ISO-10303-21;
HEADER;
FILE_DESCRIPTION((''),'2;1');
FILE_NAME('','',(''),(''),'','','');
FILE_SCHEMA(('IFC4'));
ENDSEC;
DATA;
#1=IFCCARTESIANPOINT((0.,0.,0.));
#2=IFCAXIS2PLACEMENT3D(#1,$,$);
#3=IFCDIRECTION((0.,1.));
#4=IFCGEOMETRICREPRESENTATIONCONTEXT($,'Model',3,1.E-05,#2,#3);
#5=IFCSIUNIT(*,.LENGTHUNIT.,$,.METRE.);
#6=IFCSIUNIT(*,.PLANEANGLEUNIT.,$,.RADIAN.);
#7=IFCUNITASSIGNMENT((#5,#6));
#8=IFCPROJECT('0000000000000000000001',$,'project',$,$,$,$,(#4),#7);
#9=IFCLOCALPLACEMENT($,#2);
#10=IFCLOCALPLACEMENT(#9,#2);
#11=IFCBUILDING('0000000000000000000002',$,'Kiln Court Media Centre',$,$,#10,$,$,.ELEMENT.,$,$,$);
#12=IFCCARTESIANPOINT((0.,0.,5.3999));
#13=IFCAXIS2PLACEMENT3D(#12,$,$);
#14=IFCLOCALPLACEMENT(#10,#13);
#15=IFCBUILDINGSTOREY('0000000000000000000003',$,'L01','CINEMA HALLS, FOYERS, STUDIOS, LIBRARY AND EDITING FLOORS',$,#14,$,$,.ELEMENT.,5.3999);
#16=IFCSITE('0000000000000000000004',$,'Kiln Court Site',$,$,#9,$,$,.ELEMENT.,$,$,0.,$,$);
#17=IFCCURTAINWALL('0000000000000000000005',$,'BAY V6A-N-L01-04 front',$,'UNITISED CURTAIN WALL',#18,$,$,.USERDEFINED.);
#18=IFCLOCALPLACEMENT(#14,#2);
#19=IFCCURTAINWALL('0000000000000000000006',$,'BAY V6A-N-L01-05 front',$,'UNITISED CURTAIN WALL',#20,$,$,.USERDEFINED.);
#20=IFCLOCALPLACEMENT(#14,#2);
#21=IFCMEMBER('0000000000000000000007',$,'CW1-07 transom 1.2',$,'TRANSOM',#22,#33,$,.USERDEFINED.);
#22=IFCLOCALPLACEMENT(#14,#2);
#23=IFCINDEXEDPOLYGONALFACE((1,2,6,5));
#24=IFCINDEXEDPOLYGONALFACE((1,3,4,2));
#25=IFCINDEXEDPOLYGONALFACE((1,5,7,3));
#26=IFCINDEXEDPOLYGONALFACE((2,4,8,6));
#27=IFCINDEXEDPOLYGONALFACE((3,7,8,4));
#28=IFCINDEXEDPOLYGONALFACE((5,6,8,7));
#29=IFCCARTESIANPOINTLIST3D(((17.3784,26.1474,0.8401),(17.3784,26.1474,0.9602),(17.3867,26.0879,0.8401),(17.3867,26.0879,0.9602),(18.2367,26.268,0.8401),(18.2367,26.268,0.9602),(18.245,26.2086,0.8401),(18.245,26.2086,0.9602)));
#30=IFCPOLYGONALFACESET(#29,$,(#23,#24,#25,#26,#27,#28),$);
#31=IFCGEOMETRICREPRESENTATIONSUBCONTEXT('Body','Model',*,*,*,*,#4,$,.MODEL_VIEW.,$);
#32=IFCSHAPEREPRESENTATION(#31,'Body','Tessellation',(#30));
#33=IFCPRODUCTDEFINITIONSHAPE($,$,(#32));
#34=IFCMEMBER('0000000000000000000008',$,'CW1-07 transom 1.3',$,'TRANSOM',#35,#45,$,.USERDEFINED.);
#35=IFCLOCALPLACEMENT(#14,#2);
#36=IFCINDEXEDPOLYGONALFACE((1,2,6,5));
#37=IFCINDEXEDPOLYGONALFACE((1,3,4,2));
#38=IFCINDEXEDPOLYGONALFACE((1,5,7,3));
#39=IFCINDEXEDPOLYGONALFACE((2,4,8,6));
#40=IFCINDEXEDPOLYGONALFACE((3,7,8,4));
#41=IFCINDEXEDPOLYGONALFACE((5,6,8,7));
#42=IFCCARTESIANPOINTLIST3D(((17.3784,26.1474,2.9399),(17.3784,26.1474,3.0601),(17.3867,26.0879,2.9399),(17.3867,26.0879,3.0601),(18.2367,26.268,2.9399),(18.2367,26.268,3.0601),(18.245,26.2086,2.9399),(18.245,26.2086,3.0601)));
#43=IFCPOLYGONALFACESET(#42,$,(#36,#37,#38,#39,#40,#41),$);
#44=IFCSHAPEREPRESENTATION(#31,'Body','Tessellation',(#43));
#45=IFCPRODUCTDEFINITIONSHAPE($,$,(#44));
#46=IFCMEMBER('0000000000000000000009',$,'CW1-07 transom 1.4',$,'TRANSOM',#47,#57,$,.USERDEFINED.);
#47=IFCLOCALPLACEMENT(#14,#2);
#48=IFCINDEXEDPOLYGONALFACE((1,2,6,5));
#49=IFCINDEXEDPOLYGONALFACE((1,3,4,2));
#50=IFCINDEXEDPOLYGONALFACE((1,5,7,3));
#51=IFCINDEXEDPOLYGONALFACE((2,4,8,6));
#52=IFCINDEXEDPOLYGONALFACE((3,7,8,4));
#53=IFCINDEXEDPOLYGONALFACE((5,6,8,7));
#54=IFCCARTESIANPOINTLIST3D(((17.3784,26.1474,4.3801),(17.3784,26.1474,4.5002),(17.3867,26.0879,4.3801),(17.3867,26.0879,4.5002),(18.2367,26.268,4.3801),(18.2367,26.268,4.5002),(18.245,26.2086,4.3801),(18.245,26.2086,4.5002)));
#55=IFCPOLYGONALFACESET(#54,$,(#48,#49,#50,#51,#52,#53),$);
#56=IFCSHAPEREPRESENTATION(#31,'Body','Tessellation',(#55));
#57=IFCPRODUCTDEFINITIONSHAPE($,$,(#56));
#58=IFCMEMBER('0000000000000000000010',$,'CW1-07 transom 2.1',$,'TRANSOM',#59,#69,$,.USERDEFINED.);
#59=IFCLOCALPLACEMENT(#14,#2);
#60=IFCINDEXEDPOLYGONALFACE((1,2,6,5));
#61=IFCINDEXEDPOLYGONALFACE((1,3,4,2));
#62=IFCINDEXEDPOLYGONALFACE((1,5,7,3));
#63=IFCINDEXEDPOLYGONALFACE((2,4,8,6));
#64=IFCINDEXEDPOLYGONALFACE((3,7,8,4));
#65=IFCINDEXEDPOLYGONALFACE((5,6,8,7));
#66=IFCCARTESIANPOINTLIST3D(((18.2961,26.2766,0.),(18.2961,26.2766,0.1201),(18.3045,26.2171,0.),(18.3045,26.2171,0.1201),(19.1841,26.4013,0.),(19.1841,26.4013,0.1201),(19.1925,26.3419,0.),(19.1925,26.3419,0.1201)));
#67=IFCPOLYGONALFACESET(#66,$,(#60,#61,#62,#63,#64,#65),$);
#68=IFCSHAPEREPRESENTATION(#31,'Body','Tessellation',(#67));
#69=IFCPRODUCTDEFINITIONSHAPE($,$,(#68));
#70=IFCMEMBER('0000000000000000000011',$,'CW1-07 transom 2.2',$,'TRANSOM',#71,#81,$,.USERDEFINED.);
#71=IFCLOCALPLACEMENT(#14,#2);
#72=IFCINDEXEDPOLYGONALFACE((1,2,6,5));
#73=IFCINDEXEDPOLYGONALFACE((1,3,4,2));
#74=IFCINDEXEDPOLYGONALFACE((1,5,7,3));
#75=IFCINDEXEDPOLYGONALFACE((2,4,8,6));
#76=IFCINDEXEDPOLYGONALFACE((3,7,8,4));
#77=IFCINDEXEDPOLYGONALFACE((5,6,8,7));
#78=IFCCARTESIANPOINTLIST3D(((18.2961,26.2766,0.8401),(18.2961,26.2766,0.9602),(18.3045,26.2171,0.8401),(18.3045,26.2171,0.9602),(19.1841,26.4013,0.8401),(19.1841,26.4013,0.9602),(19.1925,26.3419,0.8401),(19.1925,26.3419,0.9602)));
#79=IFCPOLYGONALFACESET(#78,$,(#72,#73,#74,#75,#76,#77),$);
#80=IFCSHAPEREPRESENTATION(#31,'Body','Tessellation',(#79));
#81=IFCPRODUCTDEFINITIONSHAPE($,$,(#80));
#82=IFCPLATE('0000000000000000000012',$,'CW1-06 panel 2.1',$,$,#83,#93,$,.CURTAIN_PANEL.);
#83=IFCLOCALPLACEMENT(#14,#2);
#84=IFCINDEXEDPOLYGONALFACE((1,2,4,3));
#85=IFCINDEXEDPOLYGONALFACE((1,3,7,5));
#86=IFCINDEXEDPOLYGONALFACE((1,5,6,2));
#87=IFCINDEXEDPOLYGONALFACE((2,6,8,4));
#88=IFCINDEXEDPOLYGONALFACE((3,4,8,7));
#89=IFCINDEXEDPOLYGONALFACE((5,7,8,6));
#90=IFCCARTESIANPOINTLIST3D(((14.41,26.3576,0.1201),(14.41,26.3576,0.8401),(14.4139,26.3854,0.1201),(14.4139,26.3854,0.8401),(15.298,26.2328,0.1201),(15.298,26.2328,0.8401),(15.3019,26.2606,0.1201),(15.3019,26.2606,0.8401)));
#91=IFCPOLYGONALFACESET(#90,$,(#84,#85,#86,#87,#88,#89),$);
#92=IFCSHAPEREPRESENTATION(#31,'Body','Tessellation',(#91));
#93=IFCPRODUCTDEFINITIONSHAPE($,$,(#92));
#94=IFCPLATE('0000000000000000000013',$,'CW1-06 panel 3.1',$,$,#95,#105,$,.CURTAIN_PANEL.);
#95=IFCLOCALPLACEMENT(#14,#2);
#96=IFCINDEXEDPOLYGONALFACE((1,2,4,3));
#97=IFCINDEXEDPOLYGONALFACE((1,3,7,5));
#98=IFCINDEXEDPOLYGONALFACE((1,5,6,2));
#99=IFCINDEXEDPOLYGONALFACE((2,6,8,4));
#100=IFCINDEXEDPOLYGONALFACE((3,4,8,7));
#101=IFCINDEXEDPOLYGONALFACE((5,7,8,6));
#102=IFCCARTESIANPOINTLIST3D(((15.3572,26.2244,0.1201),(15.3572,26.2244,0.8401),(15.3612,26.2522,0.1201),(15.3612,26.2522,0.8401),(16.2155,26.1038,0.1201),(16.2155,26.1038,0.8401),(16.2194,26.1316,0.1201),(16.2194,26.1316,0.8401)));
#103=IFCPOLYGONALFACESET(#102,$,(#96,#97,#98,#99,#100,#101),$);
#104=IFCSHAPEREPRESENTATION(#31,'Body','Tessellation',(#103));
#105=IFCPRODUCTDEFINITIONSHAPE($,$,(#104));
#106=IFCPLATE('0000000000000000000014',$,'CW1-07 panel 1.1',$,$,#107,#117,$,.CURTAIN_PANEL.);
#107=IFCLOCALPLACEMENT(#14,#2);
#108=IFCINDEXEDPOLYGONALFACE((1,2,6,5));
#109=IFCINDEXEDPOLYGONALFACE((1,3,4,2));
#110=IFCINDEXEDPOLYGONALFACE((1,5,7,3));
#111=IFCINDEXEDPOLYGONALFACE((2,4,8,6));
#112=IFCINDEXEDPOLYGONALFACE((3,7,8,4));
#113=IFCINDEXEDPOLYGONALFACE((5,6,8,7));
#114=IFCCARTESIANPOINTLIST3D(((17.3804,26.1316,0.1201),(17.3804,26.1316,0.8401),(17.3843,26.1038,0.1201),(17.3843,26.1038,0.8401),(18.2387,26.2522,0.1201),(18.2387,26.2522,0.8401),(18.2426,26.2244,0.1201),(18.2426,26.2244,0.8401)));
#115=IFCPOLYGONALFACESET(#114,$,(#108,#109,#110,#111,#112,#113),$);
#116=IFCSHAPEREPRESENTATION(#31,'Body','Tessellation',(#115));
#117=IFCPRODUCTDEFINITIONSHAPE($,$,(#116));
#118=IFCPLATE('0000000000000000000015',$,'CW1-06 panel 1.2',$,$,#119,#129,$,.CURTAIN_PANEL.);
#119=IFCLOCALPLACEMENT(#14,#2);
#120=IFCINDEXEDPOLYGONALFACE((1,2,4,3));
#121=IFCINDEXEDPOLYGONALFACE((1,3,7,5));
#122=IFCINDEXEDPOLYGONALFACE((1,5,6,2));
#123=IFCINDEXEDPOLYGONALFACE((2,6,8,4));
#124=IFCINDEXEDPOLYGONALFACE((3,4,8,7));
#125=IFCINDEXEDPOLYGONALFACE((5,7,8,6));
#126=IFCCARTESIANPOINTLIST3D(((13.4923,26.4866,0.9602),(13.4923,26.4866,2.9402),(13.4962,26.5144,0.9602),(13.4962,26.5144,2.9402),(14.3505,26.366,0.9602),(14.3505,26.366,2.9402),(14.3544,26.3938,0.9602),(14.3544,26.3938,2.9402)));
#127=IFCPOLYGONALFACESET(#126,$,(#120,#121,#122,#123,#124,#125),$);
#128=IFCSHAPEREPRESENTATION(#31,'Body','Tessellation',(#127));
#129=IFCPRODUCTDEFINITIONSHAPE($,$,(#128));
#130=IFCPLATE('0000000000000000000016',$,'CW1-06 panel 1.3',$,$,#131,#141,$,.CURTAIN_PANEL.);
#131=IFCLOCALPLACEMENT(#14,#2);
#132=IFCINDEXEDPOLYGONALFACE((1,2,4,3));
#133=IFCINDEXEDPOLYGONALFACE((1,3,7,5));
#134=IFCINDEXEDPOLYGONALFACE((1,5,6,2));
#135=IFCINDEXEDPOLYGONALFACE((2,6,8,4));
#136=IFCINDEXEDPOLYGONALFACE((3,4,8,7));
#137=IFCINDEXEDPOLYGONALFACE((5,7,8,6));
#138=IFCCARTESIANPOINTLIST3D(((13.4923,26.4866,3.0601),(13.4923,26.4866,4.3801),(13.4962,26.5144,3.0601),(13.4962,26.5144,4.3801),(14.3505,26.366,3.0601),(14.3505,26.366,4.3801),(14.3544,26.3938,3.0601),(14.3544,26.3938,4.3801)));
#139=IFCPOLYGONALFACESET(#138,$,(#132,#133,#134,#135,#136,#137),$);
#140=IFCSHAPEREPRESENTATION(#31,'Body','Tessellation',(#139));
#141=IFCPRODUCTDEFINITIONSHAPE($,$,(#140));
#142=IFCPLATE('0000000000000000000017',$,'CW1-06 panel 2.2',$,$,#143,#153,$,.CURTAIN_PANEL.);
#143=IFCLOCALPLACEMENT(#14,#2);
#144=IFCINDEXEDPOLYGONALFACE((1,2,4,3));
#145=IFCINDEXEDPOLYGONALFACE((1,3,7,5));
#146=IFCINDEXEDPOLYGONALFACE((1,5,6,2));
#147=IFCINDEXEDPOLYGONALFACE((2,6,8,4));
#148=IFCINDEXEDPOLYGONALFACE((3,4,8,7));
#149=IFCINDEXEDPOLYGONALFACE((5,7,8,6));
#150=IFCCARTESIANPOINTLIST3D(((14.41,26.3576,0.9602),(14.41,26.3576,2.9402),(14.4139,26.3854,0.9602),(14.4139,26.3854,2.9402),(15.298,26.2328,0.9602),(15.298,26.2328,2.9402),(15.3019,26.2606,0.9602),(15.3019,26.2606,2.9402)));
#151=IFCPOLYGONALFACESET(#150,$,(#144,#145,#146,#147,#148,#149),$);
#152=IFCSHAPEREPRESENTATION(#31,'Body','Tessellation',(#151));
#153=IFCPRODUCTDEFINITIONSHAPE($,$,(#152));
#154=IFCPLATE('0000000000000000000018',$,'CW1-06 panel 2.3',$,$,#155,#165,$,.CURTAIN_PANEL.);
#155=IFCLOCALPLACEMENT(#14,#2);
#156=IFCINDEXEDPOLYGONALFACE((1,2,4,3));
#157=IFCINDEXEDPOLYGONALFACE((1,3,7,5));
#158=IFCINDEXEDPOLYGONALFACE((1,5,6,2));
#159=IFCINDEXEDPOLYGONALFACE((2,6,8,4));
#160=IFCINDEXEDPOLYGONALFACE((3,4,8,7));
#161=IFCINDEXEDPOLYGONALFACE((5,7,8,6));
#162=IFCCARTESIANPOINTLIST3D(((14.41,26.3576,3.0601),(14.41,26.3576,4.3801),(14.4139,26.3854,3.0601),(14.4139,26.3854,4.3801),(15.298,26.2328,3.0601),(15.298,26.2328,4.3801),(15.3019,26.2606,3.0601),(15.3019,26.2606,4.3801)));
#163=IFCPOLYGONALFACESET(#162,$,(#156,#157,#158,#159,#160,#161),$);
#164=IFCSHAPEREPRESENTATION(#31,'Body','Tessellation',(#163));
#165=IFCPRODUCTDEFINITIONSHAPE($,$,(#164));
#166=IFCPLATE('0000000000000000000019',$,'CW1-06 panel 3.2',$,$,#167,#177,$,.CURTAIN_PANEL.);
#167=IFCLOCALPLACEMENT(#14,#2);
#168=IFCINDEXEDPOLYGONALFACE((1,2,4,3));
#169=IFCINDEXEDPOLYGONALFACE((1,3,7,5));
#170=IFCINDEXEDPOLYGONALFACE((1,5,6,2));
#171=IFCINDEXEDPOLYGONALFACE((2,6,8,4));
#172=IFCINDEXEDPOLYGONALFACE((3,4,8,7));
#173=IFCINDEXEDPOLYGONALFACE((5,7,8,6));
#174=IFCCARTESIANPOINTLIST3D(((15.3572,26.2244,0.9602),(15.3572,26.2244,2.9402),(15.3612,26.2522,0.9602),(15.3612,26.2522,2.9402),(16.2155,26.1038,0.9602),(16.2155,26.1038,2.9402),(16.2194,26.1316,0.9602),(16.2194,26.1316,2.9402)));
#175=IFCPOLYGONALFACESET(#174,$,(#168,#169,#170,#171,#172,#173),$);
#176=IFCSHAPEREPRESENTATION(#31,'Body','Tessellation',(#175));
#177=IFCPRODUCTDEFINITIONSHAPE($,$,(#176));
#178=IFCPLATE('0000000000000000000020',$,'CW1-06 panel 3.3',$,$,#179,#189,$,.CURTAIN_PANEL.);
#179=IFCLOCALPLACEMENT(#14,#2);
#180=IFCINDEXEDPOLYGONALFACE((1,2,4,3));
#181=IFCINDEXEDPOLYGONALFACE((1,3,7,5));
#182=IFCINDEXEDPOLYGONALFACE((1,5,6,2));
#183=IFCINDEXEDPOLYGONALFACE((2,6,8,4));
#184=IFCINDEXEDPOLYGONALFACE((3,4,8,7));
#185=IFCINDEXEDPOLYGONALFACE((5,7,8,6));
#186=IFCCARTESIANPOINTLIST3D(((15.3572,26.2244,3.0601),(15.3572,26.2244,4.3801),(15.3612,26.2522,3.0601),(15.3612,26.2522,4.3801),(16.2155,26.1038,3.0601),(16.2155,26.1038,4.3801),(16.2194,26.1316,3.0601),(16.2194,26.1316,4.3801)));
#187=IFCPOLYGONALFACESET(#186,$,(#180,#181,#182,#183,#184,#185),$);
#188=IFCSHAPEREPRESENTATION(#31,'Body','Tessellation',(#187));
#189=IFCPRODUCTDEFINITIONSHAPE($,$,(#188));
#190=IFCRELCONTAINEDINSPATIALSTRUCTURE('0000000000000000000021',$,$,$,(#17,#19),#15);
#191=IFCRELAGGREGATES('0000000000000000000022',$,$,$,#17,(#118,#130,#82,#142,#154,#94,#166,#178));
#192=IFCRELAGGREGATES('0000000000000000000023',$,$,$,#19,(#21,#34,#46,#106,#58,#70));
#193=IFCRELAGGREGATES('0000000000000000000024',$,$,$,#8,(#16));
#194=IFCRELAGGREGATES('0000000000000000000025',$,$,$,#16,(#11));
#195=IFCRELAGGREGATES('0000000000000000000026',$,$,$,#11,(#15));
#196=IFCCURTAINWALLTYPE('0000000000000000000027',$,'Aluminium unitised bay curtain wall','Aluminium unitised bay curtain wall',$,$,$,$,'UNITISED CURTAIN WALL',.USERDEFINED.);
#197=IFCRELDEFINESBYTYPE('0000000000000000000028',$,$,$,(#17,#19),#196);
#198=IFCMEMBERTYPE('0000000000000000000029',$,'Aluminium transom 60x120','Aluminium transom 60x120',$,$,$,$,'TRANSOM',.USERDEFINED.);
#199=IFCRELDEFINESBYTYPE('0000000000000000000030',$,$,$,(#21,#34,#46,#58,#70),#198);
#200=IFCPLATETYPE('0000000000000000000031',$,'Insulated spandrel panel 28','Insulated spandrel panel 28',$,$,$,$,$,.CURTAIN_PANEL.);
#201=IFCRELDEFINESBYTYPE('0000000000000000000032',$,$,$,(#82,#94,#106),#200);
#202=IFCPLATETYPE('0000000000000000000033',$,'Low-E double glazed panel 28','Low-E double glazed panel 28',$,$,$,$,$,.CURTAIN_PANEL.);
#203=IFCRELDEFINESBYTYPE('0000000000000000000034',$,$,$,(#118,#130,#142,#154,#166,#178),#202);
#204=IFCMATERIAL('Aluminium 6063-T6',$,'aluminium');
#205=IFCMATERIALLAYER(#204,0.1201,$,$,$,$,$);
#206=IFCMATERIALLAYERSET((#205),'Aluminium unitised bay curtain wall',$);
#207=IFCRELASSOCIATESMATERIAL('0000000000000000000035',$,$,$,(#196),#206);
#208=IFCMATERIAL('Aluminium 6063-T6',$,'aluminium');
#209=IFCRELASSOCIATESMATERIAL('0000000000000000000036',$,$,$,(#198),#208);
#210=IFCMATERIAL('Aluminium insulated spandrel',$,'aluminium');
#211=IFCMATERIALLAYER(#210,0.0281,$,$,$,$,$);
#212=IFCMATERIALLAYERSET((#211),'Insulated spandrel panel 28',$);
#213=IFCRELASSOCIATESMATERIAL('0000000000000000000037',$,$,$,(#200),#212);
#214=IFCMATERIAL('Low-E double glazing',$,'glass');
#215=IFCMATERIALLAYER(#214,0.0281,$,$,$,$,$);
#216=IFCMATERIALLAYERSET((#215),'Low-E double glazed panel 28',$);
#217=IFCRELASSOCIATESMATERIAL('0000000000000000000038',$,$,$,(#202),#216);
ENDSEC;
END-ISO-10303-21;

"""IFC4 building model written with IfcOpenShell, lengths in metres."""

from ifc_helpers import new_model, si_unit, direction, frame, origin, origin_2d, place, context, subcontext, project, spatial, rectangle, extrude, material, layer, layer_set, material_profile, profile_set, type_object, element, aggregate, save


model = new_model("IFC4")

# Units and contexts
model_context = context("Model", 3, precision=1e-05, world=origin(), true_north=direction((0.0, 1.0)))
body_context = subcontext(model_context, "Body", "Model", "MODEL_VIEW")
ifc_project = project(units=[si_unit("LENGTHUNIT", "METRE"), si_unit("PLANEANGLEUNIT", "RADIAN")], contexts=[model_context])

# Site, building, storey
site_placement = place(None, origin())
site = spatial("IfcSite", under=ifc_project, at=site_placement, Name="Kiln Court Site", CompositionType="ELEMENT", RefElevation=0.0)
building_placement = place(site_placement, origin())
building = spatial("IfcBuilding", under=site, at=building_placement, Name="Kiln Court Media Centre", CompositionType="ELEMENT")
storey_placement = place(building_placement, frame((0.0, 0.0, 5.3999)))
storey = spatial("IfcBuildingStorey", under=building, at=storey_placement, Name="L01", Description="CINEMA HALLS, FOYERS, STUDIOS, LIBRARY AND EDITING FLOORS", CompositionType="ELEMENT", Elevation=5.3999)

# Curtain walls
ifc_material_1 = material(Name="Aluminium 6063-T6", Category="aluminium")
ifc_layer_1 = layer(ifc_material_1, 0.1201)
ifc_layer_set_1 = layer_set([ifc_layer_1], Name="Aluminium unitised bay curtain wall")
curtain_wall_type = type_object("IfcCurtainWallType", Name="Aluminium unitised bay curtain wall", Description="Aluminium unitised bay curtain wall", ElementType="UNITISED CURTAIN WALL", PredefinedType="USERDEFINED", material=ifc_layer_set_1)
curtain_wall_1_placement = place(storey_placement, origin())
curtain_wall_1 = element("IfcCurtainWall", 1, at=curtain_wall_1_placement, inside=storey, type_object=curtain_wall_type, Name="BAY V6A-N-L01-04 front", ObjectType="UNITISED CURTAIN WALL", PredefinedType="USERDEFINED")
curtain_wall_2_placement = place(storey_placement, origin())
curtain_wall_2 = element("IfcCurtainWall", 2, at=curtain_wall_2_placement, inside=storey, type_object=curtain_wall_type, Name="BAY V6A-N-L01-05 front", ObjectType="UNITISED CURTAIN WALL", PredefinedType="USERDEFINED")

# Members
ifc_material_2 = material(Name="Aluminium 6063-T6", Category="aluminium")
ifc_material_profile_1 = material_profile(ifc_material_2, rectangle(XDim=0.0601, YDim=0.1201, at=origin_2d()), Name="Aluminium transom 60x120")
ifc_profile_set_1 = profile_set([ifc_material_profile_1], Name="Aluminium 6063-T6")
member_type_1 = type_object("IfcMemberType", Name="Aluminium transom 60x120", Description="Aluminium transom 60x120", ElementType="TRANSOM", PredefinedType="USERDEFINED", material=ifc_profile_set_1)
member_1_placement = place(storey_placement, frame((17.3826, 26.1177, 0.9001), z_axis=(0.990268, 0.139173, 0.0), x_axis=(-0.139173, 0.990268, 0.0)))
member_1 = element("IfcMember", 3, at=member_1_placement, type_object=member_type_1, Name="CW1-07 transom 1.2", ObjectType="TRANSOM", PredefinedType="USERDEFINED", context=body_context, shape_type="SweptSolid", body=[
    extrude(rectangle(XDim=0.0601, YDim=0.1201, at=origin_2d()), origin(), (0.0, 0.0, 1.0), 0.8667),
])
member_2_placement = place(storey_placement, frame((17.3826, 26.1177, 3.0), z_axis=(0.990268, 0.139173, 0.0), x_axis=(-0.139173, 0.990268, 0.0)))
member_2 = element("IfcMember", 4, at=member_2_placement, type_object=member_type_1, Name="CW1-07 transom 1.3", ObjectType="TRANSOM", PredefinedType="USERDEFINED", context=body_context, shape_type="SweptSolid", body=[
    extrude(rectangle(XDim=0.0601, YDim=0.1201, at=origin_2d()), origin(), (0.0, 0.0, 1.0), 0.8667),
])
member_3_placement = place(storey_placement, frame((17.3826, 26.1177, 4.4402), z_axis=(0.990268, 0.139173, 0.0), x_axis=(-0.139173, 0.990268, 0.0)))
member_3 = element("IfcMember", 5, at=member_3_placement, type_object=member_type_1, Name="CW1-07 transom 1.4", ObjectType="TRANSOM", PredefinedType="USERDEFINED", context=body_context, shape_type="SweptSolid", body=[
    extrude(rectangle(XDim=0.0601, YDim=0.1201, at=origin_2d()), origin(), (0.0, 0.0, 1.0), 0.8667),
])
member_4_placement = place(storey_placement, frame((18.3003, 26.2468, 0.0601), z_axis=(0.990274, 0.139134, 0.0), x_axis=(-0.139134, 0.990274, 0.0)))
member_4 = element("IfcMember", 6, at=member_4_placement, type_object=member_type_1, Name="CW1-07 transom 2.1", ObjectType="TRANSOM", PredefinedType="USERDEFINED", context=body_context, shape_type="SweptSolid", body=[
    extrude(rectangle(XDim=0.0601, YDim=0.1201, at=origin_2d()), origin(), (0.0, 0.0, 1.0), 0.8967),
])
member_5_placement = place(storey_placement, frame((18.3003, 26.2468, 0.9001), z_axis=(0.990274, 0.139134, 0.0), x_axis=(-0.139134, 0.990274, 0.0)))
member_5 = element("IfcMember", 7, at=member_5_placement, type_object=member_type_1, Name="CW1-07 transom 2.2", ObjectType="TRANSOM", PredefinedType="USERDEFINED", context=body_context, shape_type="SweptSolid", body=[
    extrude(rectangle(XDim=0.0601, YDim=0.1201, at=origin_2d()), origin(), (0.0, 0.0, 1.0), 0.8967),
])

# Plates
ifc_material_3 = material(Name="Aluminium insulated spandrel", Category="aluminium")
ifc_layer_2 = layer(ifc_material_3, 0.0281)
ifc_layer_set_2 = layer_set([ifc_layer_2], Name="Insulated spandrel panel 28")
plate_type_1 = type_object("IfcPlateType", Name="Insulated spandrel panel 28", Description="Insulated spandrel panel 28", PredefinedType="CURTAIN_PANEL", material=ifc_layer_set_2)
plate_1_placement = place(storey_placement, frame((14.856, 26.3091, 0.1201), z_axis=(0.0, 0.0, 1.0), x_axis=(0.99027, -0.139162, 0.0)))
plate_1 = element("IfcPlate", 8, at=plate_1_placement, type_object=plate_type_1, Name="CW1-06 panel 2.1", PredefinedType="CURTAIN_PANEL", context=body_context, shape_type="SweptSolid", body=[
    extrude(rectangle(XDim=0.8967, YDim=0.0281, at=origin_2d()), origin(), (0.0, 0.0, 1.0), 0.72),
])
plate_2_placement = place(storey_placement, frame((15.7883, 26.178, 0.1201), z_axis=(0.0, 0.0, 1.0), x_axis=(0.99027, -0.139162, 0.0)))
plate_2 = element("IfcPlate", 9, at=plate_2_placement, type_object=plate_type_1, Name="CW1-06 panel 3.1", PredefinedType="CURTAIN_PANEL", context=body_context, shape_type="SweptSolid", body=[
    extrude(rectangle(XDim=0.8667, YDim=0.0281, at=origin_2d()), origin(), (0.0, 0.0, 1.0), 0.72),
])
plate_3_placement = place(storey_placement, frame((17.8115, 26.178, 0.1201), z_axis=(0.0, 0.0, 1.0), x_axis=(0.99027, 0.139162, 0.0)))
plate_3 = element("IfcPlate", 10, at=plate_3_placement, type_object=plate_type_1, Name="CW1-07 panel 1.1", PredefinedType="CURTAIN_PANEL", context=body_context, shape_type="SweptSolid", body=[
    extrude(rectangle(XDim=0.8667, YDim=0.0281, at=origin_2d()), origin(), (0.0, 0.0, 1.0), 0.72),
])
ifc_material_4 = material(Name="Low-E double glazing", Category="glass")
ifc_layer_3 = layer(ifc_material_4, 0.0281)
ifc_layer_set_3 = layer_set([ifc_layer_3], Name="Low-E double glazed panel 28")
plate_type_2 = type_object("IfcPlateType", Name="Low-E double glazed panel 28", Description="Low-E double glazed panel 28", PredefinedType="CURTAIN_PANEL", material=ifc_layer_set_3)
plate_4_placement = place(storey_placement, frame((13.9233, 26.4402, 0.9602), z_axis=(0.0, 0.0, 1.0), x_axis=(0.99027, -0.139162, 0.0)))
plate_4 = element("IfcPlate", 11, at=plate_4_placement, type_object=plate_type_2, Name="CW1-06 panel 1.2", PredefinedType="CURTAIN_PANEL", context=body_context, shape_type="SweptSolid", body=[
    extrude(rectangle(XDim=0.8667, YDim=0.0281, at=origin_2d()), origin(), (0.0, 0.0, 1.0), 1.98),
])
plate_5_placement = place(storey_placement, frame((13.9233, 26.4402, 3.0601), z_axis=(0.0, 0.0, 1.0), x_axis=(0.99027, -0.139162, 0.0)))
plate_5 = element("IfcPlate", 12, at=plate_5_placement, type_object=plate_type_2, Name="CW1-06 panel 1.3", PredefinedType="CURTAIN_PANEL", context=body_context, shape_type="SweptSolid", body=[
    extrude(rectangle(XDim=0.8667, YDim=0.0281, at=origin_2d()), origin(), (0.0, 0.0, 1.0), 1.3201),
])
plate_6_placement = place(storey_placement, frame((14.856, 26.3091, 0.9602), z_axis=(0.0, 0.0, 1.0), x_axis=(0.99027, -0.139162, 0.0)))
plate_6 = element("IfcPlate", 13, at=plate_6_placement, type_object=plate_type_2, Name="CW1-06 panel 2.2", PredefinedType="CURTAIN_PANEL", context=body_context, shape_type="SweptSolid", body=[
    extrude(rectangle(XDim=0.8967, YDim=0.0281, at=origin_2d()), origin(), (0.0, 0.0, 1.0), 1.98),
])
plate_7_placement = place(storey_placement, frame((14.856, 26.3091, 3.0601), z_axis=(0.0, 0.0, 1.0), x_axis=(0.99027, -0.139162, 0.0)))
plate_7 = element("IfcPlate", 14, at=plate_7_placement, type_object=plate_type_2, Name="CW1-06 panel 2.3", PredefinedType="CURTAIN_PANEL", context=body_context, shape_type="SweptSolid", body=[
    extrude(rectangle(XDim=0.8967, YDim=0.0281, at=origin_2d()), origin(), (0.0, 0.0, 1.0), 1.3201),
])
plate_8_placement = place(storey_placement, frame((15.7883, 26.178, 0.9602), z_axis=(0.0, 0.0, 1.0), x_axis=(0.99027, -0.139162, 0.0)))
plate_8 = element("IfcPlate", 15, at=plate_8_placement, type_object=plate_type_2, Name="CW1-06 panel 3.2", PredefinedType="CURTAIN_PANEL", context=body_context, shape_type="SweptSolid", body=[
    extrude(rectangle(XDim=0.8667, YDim=0.0281, at=origin_2d()), origin(), (0.0, 0.0, 1.0), 1.98),
])
plate_9_placement = place(storey_placement, frame((15.7883, 26.178, 3.0601), z_axis=(0.0, 0.0, 1.0), x_axis=(0.99027, -0.139162, 0.0)))
plate_9 = element("IfcPlate", 16, at=plate_9_placement, type_object=plate_type_2, Name="CW1-06 panel 3.3", PredefinedType="CURTAIN_PANEL", context=body_context, shape_type="SweptSolid", body=[
    extrude(rectangle(XDim=0.8667, YDim=0.0281, at=origin_2d()), origin(), (0.0, 0.0, 1.0), 1.3201),
])
aggregate(curtain_wall_1, [plate_4, plate_5, plate_1, plate_6, plate_7, plate_2, plate_8, plate_9])
aggregate(curtain_wall_2, [member_1, member_2, member_3, plate_3, member_4, member_5])

save(model, "model.ifc")
